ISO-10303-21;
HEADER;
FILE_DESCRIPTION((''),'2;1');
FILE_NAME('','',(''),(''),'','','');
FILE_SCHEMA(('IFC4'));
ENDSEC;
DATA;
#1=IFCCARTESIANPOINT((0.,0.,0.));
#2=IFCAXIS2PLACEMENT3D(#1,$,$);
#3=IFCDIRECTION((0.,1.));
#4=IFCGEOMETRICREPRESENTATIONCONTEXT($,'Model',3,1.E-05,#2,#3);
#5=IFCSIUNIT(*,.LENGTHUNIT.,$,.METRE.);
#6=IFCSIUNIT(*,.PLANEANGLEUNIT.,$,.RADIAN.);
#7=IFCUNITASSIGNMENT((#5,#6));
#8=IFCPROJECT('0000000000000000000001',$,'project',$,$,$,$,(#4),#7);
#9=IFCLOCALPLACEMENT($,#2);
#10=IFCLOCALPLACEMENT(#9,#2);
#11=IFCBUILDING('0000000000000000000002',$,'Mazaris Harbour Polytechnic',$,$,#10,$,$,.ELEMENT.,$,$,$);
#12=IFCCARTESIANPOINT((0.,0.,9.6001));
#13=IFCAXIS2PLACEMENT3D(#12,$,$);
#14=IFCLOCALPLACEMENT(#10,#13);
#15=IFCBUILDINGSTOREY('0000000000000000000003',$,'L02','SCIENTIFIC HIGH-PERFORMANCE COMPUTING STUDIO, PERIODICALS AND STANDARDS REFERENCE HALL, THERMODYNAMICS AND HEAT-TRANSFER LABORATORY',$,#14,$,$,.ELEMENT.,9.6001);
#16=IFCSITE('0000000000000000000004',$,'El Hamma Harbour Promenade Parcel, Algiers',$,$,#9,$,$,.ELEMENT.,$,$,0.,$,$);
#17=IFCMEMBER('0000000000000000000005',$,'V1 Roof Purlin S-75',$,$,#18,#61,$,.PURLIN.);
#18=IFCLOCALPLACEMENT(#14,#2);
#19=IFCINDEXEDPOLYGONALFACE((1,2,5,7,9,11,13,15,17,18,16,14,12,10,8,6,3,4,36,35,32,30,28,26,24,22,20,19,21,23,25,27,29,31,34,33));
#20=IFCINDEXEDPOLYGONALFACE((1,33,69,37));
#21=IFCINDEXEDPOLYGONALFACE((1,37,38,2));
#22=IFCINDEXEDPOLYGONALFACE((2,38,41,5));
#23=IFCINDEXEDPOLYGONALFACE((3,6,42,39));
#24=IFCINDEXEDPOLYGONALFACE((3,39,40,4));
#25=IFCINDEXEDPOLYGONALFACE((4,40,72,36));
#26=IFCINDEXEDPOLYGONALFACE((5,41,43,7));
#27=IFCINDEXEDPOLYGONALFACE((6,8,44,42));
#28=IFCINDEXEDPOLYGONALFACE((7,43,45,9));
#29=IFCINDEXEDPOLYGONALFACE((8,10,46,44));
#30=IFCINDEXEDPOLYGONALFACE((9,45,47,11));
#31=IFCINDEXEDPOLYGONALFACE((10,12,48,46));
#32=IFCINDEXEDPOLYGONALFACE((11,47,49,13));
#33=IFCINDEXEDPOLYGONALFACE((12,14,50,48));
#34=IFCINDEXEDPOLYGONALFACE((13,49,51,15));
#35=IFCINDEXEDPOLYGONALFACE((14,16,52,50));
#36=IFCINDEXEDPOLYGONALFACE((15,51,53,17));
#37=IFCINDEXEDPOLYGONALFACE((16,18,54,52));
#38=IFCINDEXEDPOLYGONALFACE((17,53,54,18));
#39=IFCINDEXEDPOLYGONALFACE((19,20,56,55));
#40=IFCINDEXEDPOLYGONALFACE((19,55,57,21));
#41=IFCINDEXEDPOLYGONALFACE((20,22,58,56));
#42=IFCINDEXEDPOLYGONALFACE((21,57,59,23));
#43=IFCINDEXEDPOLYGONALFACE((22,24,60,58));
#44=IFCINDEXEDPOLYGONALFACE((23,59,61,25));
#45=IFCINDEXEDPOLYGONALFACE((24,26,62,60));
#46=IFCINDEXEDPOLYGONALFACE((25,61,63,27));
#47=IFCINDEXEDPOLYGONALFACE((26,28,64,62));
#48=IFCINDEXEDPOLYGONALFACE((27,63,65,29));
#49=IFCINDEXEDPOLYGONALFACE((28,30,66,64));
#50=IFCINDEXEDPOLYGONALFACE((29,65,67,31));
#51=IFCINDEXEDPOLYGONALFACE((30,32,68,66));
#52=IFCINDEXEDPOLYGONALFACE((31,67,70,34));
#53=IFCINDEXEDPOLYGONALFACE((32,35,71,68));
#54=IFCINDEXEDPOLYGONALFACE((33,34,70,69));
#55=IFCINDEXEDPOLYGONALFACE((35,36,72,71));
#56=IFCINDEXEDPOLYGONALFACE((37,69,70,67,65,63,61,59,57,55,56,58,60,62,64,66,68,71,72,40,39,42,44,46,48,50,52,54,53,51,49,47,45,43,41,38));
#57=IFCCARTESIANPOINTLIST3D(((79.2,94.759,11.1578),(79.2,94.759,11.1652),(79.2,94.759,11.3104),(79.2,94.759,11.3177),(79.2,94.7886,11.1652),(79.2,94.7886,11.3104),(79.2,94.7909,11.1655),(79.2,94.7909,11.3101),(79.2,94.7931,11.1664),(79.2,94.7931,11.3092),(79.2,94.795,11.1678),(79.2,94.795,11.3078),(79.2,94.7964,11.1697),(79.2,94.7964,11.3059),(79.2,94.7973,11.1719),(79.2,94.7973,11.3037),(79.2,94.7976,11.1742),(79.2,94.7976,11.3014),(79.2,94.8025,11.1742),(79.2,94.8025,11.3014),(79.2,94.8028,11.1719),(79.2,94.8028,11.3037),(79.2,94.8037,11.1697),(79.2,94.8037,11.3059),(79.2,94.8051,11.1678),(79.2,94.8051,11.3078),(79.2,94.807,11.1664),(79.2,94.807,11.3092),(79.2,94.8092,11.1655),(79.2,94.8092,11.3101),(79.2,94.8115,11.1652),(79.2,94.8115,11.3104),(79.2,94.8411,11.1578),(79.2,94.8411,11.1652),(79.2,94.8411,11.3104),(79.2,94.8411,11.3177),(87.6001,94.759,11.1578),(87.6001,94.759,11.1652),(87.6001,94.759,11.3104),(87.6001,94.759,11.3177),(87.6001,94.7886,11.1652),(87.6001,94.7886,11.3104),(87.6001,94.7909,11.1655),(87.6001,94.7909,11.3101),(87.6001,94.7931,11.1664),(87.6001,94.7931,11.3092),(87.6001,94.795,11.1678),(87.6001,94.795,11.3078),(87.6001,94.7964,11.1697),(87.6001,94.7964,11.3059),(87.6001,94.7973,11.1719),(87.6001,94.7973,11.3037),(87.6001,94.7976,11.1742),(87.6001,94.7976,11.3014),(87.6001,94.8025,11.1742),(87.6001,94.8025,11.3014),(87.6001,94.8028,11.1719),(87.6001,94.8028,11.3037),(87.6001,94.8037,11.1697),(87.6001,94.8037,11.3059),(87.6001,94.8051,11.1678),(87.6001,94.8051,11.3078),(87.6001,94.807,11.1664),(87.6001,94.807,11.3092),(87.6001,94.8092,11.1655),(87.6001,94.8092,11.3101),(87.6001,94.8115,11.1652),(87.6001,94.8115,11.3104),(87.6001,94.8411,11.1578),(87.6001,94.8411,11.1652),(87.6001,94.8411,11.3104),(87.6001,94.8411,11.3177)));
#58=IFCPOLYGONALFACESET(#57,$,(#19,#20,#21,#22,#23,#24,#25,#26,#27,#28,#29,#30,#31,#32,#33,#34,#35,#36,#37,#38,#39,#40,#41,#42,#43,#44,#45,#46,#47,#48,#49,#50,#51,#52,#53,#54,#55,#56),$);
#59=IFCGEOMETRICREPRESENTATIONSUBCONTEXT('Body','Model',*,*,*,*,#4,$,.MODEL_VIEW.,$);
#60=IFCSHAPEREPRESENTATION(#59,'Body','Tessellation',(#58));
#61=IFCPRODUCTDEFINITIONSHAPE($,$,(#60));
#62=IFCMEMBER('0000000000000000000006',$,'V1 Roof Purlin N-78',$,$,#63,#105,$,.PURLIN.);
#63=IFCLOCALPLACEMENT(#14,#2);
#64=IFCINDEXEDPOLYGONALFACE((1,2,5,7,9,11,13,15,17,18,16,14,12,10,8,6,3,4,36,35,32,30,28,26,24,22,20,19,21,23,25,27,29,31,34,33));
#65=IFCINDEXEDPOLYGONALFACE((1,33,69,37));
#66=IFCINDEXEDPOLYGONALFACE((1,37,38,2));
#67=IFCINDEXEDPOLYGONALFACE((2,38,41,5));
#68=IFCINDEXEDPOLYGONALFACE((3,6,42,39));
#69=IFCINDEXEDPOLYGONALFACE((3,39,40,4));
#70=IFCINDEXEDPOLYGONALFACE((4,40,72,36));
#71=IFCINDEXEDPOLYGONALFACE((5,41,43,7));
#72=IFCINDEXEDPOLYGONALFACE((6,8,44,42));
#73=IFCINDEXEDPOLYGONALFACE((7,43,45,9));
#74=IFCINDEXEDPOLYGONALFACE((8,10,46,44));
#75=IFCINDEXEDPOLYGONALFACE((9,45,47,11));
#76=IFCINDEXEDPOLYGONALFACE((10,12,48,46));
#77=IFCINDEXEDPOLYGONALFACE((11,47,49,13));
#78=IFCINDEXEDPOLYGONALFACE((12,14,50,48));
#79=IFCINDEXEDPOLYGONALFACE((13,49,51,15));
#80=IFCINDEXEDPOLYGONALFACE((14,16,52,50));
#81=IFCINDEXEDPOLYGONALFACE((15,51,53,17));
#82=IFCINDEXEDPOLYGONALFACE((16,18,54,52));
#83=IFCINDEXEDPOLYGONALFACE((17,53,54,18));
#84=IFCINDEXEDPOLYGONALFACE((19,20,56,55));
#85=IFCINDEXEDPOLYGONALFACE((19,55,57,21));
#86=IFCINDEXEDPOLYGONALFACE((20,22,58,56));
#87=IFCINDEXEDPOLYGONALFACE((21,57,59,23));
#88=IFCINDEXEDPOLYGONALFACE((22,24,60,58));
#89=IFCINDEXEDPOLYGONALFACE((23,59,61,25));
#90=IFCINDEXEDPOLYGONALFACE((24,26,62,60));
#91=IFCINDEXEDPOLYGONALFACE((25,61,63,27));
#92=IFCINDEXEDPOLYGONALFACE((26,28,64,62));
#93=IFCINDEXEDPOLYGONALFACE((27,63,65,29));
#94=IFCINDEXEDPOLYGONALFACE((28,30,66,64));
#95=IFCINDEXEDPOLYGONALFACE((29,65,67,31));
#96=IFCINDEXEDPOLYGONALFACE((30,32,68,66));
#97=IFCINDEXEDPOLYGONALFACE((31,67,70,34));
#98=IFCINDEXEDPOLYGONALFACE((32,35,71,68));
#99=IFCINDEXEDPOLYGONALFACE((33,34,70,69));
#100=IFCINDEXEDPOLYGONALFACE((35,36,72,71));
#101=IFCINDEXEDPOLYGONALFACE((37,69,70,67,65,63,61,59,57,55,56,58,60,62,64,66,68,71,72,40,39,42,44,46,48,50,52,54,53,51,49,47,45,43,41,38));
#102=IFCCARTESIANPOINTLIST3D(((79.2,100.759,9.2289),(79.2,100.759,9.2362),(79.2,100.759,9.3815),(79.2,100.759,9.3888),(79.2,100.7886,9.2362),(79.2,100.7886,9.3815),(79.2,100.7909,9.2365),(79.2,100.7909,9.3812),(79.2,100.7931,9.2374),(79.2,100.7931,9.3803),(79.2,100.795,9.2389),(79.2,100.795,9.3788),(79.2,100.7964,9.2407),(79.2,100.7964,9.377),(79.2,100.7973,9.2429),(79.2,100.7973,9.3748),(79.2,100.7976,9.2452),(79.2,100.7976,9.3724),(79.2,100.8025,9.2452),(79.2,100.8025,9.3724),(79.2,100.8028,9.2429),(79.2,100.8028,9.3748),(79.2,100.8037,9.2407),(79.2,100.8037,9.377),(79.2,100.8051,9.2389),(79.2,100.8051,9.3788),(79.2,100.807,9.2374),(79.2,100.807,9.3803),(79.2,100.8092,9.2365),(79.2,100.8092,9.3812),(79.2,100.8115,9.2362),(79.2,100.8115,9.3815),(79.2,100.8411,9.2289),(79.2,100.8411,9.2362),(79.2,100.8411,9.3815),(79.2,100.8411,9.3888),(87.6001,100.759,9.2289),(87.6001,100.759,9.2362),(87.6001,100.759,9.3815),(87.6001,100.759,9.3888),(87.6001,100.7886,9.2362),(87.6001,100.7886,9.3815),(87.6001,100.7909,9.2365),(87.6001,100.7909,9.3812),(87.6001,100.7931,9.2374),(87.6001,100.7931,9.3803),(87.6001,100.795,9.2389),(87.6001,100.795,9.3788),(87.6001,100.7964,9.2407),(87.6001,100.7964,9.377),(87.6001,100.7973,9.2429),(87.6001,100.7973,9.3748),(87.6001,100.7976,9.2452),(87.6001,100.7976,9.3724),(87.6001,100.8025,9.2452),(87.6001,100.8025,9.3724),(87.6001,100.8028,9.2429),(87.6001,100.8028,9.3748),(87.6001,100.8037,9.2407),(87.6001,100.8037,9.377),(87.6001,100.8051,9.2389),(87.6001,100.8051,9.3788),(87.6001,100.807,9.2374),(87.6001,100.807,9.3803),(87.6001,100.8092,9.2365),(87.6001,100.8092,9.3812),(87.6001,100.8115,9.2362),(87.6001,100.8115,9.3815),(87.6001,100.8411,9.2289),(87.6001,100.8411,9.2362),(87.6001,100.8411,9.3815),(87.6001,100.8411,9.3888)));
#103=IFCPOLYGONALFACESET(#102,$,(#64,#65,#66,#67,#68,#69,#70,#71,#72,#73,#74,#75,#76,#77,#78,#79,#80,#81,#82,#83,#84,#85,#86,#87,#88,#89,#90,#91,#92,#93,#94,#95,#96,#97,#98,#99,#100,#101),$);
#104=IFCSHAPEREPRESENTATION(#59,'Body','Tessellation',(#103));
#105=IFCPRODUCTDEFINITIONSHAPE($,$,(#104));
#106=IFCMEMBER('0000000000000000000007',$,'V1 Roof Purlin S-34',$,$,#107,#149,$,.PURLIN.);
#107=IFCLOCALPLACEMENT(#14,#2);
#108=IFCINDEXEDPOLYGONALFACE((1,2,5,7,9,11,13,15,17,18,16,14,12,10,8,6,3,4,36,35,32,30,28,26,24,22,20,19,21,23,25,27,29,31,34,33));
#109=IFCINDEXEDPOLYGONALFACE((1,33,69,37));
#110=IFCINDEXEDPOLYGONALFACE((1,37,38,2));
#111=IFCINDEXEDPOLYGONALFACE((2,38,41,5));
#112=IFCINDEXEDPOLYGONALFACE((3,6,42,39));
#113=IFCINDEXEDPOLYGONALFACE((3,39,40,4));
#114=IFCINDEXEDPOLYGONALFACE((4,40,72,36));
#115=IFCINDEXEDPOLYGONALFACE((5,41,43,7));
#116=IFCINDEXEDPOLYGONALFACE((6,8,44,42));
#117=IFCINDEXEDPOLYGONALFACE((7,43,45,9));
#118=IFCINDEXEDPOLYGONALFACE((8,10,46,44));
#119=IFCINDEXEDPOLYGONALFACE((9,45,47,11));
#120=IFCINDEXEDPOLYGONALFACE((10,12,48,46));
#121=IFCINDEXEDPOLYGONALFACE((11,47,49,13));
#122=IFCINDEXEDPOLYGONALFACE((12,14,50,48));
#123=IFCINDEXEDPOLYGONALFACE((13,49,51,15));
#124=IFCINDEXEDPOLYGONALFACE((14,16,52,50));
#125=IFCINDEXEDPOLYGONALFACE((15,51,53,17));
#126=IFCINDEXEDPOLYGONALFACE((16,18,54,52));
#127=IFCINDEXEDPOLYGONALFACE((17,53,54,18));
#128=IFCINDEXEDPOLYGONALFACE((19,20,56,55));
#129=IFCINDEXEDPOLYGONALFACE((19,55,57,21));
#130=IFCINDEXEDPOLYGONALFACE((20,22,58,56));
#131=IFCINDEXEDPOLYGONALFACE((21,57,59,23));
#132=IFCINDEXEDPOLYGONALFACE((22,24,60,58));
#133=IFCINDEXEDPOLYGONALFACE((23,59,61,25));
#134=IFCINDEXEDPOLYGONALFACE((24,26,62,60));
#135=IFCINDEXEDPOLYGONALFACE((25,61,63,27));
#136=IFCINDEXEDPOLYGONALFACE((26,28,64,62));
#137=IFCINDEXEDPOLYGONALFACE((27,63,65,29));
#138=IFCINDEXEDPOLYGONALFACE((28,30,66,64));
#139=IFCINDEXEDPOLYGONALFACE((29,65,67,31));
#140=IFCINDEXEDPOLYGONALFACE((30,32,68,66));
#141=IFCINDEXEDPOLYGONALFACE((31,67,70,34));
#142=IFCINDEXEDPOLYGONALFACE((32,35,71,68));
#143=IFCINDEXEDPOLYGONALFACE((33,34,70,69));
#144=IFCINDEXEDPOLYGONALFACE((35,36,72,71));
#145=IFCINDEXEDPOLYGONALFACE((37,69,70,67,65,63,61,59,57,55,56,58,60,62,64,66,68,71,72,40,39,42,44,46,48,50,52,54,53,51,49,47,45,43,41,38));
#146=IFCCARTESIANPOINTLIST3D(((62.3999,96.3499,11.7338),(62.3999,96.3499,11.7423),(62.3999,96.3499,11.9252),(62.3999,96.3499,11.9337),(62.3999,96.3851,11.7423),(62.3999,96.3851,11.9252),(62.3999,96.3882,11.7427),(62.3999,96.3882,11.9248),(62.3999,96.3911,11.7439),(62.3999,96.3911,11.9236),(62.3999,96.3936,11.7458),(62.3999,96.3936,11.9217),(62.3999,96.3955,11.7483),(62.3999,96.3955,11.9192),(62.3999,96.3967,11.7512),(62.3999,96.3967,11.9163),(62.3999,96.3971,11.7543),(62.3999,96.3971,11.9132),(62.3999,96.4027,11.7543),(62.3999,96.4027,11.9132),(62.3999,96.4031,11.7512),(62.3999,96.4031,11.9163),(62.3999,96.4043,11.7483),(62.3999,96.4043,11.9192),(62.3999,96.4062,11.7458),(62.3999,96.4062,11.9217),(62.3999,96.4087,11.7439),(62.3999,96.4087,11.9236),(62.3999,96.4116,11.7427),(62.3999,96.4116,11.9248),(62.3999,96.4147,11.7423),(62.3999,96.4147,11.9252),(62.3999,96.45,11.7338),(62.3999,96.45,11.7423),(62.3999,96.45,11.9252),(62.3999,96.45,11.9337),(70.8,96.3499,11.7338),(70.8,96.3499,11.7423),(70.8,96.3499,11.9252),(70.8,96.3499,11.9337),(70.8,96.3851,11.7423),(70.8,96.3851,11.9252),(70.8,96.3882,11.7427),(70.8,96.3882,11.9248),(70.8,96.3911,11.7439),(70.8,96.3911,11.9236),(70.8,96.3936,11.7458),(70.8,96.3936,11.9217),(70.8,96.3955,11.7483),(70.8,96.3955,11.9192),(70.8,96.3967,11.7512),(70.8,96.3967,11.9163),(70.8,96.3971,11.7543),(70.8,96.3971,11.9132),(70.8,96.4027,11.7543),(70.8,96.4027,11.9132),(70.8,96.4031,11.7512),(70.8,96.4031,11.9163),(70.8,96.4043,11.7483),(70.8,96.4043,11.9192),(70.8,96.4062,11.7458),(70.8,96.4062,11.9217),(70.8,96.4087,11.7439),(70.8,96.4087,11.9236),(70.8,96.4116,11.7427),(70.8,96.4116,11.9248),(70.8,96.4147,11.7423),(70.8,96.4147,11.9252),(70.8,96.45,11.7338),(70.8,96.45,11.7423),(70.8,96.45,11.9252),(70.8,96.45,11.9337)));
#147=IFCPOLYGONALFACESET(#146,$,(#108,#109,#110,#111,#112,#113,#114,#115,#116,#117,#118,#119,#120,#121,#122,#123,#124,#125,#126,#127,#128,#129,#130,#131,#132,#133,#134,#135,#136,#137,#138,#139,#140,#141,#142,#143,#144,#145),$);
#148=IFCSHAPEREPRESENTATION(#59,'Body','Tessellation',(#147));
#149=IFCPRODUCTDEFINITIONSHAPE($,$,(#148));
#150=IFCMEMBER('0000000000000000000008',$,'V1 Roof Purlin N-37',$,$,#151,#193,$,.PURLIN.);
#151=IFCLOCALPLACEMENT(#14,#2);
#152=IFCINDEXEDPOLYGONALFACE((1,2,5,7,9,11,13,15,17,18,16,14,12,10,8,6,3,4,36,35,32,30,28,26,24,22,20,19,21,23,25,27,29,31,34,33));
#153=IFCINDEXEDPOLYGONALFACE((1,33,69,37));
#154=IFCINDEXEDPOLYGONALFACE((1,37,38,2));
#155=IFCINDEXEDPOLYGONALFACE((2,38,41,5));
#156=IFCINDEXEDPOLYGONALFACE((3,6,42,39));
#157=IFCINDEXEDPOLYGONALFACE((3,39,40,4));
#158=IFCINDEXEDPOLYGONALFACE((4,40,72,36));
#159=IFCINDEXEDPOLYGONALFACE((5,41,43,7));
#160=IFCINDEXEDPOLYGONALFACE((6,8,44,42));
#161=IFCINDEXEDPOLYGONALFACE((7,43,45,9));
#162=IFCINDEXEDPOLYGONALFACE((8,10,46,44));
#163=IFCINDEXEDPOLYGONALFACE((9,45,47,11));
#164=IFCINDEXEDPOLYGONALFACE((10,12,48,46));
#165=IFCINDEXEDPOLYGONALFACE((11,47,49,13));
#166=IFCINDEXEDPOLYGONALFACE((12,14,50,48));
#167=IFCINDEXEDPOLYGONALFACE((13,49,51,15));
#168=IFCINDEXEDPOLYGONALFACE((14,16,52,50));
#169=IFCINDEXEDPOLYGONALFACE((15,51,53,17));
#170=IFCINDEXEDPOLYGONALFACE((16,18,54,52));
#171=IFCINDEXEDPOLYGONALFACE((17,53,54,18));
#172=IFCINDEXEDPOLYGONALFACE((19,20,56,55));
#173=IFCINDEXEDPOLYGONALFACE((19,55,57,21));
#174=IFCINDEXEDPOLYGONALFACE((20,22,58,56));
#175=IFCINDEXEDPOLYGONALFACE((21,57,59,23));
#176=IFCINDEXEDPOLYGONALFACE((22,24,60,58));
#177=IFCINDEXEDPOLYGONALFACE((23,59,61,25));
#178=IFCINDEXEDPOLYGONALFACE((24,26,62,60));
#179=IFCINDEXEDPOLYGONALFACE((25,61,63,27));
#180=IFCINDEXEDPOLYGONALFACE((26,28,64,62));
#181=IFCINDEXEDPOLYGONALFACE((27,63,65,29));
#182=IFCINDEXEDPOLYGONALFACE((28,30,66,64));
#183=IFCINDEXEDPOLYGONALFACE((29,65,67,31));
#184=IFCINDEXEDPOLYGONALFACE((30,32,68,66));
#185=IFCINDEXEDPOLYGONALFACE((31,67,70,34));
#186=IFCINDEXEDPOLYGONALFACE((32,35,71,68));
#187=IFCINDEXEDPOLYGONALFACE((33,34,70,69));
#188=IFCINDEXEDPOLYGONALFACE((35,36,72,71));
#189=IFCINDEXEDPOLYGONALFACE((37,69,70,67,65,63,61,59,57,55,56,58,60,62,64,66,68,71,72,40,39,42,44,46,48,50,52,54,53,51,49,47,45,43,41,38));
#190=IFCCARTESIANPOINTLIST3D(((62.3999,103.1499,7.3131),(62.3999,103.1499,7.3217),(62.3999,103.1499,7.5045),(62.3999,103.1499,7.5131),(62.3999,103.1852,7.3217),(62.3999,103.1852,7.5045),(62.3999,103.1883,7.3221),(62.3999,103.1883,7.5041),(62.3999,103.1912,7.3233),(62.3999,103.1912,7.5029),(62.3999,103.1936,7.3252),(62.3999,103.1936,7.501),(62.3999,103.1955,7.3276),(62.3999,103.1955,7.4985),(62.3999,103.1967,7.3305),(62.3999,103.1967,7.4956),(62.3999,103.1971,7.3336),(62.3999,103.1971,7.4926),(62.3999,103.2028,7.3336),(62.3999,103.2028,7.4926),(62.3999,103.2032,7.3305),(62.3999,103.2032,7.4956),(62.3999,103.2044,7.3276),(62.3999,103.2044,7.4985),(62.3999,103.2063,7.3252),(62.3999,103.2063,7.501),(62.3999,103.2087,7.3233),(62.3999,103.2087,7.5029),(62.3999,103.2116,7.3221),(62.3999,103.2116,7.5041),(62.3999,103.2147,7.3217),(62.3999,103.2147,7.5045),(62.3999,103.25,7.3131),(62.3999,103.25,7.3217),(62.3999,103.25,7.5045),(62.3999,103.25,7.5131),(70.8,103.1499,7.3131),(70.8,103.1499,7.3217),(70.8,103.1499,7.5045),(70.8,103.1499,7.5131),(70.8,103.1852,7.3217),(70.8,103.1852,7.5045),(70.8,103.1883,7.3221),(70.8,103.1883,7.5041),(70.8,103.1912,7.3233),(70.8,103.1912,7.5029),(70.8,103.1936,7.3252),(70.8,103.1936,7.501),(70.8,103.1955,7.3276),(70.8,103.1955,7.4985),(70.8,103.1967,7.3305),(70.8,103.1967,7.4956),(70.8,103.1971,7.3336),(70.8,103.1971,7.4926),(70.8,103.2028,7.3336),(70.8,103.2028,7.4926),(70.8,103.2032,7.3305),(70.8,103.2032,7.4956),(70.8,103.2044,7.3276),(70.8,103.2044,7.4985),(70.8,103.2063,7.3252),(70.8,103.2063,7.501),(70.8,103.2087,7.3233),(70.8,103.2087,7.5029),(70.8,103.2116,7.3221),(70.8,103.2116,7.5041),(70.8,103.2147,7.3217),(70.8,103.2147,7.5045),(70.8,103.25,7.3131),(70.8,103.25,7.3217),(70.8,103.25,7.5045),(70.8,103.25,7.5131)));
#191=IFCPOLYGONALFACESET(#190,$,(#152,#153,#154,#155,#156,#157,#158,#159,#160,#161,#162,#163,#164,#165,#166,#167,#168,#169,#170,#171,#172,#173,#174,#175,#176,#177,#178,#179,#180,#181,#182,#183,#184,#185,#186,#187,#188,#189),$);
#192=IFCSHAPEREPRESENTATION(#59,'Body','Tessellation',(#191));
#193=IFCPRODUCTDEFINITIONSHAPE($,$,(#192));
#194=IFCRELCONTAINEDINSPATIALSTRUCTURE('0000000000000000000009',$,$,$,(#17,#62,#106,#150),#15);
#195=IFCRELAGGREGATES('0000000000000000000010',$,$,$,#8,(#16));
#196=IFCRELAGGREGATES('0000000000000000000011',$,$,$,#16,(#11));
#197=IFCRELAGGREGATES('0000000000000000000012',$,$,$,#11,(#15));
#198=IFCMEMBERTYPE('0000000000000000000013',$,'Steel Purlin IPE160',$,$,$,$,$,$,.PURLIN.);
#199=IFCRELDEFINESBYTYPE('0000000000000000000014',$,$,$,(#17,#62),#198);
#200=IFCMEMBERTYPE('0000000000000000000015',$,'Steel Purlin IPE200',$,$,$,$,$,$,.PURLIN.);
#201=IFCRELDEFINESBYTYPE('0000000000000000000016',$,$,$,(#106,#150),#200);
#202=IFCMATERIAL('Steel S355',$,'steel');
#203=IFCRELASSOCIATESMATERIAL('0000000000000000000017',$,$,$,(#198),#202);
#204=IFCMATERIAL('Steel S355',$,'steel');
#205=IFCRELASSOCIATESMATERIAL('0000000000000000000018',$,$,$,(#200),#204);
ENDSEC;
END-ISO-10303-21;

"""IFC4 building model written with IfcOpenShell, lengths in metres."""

from ifc_helpers import new_model, si_unit, direction, frame, origin, origin_2d, place, context, subcontext, project, spatial, i_section, extrude, material, material_profile, profile_set, type_object, element, save


model = new_model("IFC4")

# Units and contexts
model_context = context("Model", 3, precision=1e-05, world=origin(), true_north=direction((0.0, 1.0)))
body_context = subcontext(model_context, "Body", "Model", "MODEL_VIEW")
ifc_project = project(units=[si_unit("LENGTHUNIT", "METRE"), si_unit("PLANEANGLEUNIT", "RADIAN")], contexts=[model_context])

# Site, building, storey
site_placement = place(None, origin())
site = spatial("IfcSite", under=ifc_project, at=site_placement, Name="El Hamma Harbour Promenade Parcel, Algiers", CompositionType="ELEMENT", RefElevation=0.0)
building_placement = place(site_placement, origin())
building = spatial("IfcBuilding", under=site, at=building_placement, Name="Mazaris Harbour Polytechnic", CompositionType="ELEMENT")
storey_placement = place(building_placement, frame((0.0, 0.0, 9.6001)))
storey = spatial("IfcBuildingStorey", under=building, at=storey_placement, Name="L02", Description="SCIENTIFIC HIGH-PERFORMANCE COMPUTING STUDIO, PERIODICALS AND STANDARDS REFERENCE HALL, THERMODYNAMICS AND HEAT-TRANSFER LABORATORY", CompositionType="ELEMENT", Elevation=9.6001)

# Members
ifc_material_1 = material(Name="Steel S355", Category="steel")
ifc_material_profile_1 = material_profile(ifc_material_1, i_section(OverallWidth=0.082, OverallDepth=0.1599, WebThickness=0.0049, FlangeThickness=0.0073, FilletRadius=0.009, at=origin_2d()), Name="IPE 160")
ifc_profile_set_1 = profile_set([ifc_material_profile_1], Name="Steel S355")
member_type_1 = type_object("IfcMemberType", Name="Steel Purlin IPE160", PredefinedType="PURLIN", material=ifc_profile_set_1)
for number, where, z_axis, x_axis, name in (
    (1, (79.2, 94.8, 11.2378), (1.0, 0.0, 0.0), (0.0, 1.0, 0.0), "V1 Roof Purlin S-75"),
    (2, (79.2, 100.8, 9.3088), (1.0, 0.0, 0.0), (0.0, 1.0, 0.0), "V1 Roof Purlin N-78"),
):
    element("IfcMember", number, at=place(storey_placement, frame(where, z_axis=z_axis, x_axis=x_axis)), inside=storey, type_object=member_type_1, Name=name, PredefinedType="PURLIN", context=body_context, shape_type="SweptSolid", body=[
        extrude(i_section(OverallWidth=0.082, OverallDepth=0.1599, WebThickness=0.0049, FlangeThickness=0.0073, FilletRadius=0.009, at=origin_2d()), origin(), (0.0, 0.0, 1.0), 8.4001),
    ])
ifc_material_2 = material(Name="Steel S355", Category="steel")
ifc_material_profile_2 = material_profile(ifc_material_2, i_section(OverallWidth=0.1001, OverallDepth=0.2, WebThickness=0.0056, FlangeThickness=0.0085, FilletRadius=0.012, at=origin_2d()), Name="IPE 200")
ifc_profile_set_2 = profile_set([ifc_material_profile_2], Name="Steel S355")
member_type_2 = type_object("IfcMemberType", Name="Steel Purlin IPE200", PredefinedType="PURLIN", material=ifc_profile_set_2)
for number, where, z_axis, x_axis, name in (
    (3, (62.3999, 96.3999, 11.8337), (1.0, 0.0, 0.0), (0.0, 1.0, 0.0), "V1 Roof Purlin S-34"),
    (4, (62.3999, 103.2, 7.4131), (1.0, 0.0, 0.0), (0.0, 1.0, 0.0), "V1 Roof Purlin N-37"),
):
    element("IfcMember", number, at=place(storey_placement, frame(where, z_axis=z_axis, x_axis=x_axis)), inside=storey, type_object=member_type_2, Name=name, PredefinedType="PURLIN", context=body_context, shape_type="SweptSolid", body=[
        extrude(i_section(OverallWidth=0.1001, OverallDepth=0.2, WebThickness=0.0056, FlangeThickness=0.0085, FilletRadius=0.012, at=origin_2d()), origin(), (0.0, 0.0, 1.0), 8.4001),
    ])

save(model, "model.ifc")
